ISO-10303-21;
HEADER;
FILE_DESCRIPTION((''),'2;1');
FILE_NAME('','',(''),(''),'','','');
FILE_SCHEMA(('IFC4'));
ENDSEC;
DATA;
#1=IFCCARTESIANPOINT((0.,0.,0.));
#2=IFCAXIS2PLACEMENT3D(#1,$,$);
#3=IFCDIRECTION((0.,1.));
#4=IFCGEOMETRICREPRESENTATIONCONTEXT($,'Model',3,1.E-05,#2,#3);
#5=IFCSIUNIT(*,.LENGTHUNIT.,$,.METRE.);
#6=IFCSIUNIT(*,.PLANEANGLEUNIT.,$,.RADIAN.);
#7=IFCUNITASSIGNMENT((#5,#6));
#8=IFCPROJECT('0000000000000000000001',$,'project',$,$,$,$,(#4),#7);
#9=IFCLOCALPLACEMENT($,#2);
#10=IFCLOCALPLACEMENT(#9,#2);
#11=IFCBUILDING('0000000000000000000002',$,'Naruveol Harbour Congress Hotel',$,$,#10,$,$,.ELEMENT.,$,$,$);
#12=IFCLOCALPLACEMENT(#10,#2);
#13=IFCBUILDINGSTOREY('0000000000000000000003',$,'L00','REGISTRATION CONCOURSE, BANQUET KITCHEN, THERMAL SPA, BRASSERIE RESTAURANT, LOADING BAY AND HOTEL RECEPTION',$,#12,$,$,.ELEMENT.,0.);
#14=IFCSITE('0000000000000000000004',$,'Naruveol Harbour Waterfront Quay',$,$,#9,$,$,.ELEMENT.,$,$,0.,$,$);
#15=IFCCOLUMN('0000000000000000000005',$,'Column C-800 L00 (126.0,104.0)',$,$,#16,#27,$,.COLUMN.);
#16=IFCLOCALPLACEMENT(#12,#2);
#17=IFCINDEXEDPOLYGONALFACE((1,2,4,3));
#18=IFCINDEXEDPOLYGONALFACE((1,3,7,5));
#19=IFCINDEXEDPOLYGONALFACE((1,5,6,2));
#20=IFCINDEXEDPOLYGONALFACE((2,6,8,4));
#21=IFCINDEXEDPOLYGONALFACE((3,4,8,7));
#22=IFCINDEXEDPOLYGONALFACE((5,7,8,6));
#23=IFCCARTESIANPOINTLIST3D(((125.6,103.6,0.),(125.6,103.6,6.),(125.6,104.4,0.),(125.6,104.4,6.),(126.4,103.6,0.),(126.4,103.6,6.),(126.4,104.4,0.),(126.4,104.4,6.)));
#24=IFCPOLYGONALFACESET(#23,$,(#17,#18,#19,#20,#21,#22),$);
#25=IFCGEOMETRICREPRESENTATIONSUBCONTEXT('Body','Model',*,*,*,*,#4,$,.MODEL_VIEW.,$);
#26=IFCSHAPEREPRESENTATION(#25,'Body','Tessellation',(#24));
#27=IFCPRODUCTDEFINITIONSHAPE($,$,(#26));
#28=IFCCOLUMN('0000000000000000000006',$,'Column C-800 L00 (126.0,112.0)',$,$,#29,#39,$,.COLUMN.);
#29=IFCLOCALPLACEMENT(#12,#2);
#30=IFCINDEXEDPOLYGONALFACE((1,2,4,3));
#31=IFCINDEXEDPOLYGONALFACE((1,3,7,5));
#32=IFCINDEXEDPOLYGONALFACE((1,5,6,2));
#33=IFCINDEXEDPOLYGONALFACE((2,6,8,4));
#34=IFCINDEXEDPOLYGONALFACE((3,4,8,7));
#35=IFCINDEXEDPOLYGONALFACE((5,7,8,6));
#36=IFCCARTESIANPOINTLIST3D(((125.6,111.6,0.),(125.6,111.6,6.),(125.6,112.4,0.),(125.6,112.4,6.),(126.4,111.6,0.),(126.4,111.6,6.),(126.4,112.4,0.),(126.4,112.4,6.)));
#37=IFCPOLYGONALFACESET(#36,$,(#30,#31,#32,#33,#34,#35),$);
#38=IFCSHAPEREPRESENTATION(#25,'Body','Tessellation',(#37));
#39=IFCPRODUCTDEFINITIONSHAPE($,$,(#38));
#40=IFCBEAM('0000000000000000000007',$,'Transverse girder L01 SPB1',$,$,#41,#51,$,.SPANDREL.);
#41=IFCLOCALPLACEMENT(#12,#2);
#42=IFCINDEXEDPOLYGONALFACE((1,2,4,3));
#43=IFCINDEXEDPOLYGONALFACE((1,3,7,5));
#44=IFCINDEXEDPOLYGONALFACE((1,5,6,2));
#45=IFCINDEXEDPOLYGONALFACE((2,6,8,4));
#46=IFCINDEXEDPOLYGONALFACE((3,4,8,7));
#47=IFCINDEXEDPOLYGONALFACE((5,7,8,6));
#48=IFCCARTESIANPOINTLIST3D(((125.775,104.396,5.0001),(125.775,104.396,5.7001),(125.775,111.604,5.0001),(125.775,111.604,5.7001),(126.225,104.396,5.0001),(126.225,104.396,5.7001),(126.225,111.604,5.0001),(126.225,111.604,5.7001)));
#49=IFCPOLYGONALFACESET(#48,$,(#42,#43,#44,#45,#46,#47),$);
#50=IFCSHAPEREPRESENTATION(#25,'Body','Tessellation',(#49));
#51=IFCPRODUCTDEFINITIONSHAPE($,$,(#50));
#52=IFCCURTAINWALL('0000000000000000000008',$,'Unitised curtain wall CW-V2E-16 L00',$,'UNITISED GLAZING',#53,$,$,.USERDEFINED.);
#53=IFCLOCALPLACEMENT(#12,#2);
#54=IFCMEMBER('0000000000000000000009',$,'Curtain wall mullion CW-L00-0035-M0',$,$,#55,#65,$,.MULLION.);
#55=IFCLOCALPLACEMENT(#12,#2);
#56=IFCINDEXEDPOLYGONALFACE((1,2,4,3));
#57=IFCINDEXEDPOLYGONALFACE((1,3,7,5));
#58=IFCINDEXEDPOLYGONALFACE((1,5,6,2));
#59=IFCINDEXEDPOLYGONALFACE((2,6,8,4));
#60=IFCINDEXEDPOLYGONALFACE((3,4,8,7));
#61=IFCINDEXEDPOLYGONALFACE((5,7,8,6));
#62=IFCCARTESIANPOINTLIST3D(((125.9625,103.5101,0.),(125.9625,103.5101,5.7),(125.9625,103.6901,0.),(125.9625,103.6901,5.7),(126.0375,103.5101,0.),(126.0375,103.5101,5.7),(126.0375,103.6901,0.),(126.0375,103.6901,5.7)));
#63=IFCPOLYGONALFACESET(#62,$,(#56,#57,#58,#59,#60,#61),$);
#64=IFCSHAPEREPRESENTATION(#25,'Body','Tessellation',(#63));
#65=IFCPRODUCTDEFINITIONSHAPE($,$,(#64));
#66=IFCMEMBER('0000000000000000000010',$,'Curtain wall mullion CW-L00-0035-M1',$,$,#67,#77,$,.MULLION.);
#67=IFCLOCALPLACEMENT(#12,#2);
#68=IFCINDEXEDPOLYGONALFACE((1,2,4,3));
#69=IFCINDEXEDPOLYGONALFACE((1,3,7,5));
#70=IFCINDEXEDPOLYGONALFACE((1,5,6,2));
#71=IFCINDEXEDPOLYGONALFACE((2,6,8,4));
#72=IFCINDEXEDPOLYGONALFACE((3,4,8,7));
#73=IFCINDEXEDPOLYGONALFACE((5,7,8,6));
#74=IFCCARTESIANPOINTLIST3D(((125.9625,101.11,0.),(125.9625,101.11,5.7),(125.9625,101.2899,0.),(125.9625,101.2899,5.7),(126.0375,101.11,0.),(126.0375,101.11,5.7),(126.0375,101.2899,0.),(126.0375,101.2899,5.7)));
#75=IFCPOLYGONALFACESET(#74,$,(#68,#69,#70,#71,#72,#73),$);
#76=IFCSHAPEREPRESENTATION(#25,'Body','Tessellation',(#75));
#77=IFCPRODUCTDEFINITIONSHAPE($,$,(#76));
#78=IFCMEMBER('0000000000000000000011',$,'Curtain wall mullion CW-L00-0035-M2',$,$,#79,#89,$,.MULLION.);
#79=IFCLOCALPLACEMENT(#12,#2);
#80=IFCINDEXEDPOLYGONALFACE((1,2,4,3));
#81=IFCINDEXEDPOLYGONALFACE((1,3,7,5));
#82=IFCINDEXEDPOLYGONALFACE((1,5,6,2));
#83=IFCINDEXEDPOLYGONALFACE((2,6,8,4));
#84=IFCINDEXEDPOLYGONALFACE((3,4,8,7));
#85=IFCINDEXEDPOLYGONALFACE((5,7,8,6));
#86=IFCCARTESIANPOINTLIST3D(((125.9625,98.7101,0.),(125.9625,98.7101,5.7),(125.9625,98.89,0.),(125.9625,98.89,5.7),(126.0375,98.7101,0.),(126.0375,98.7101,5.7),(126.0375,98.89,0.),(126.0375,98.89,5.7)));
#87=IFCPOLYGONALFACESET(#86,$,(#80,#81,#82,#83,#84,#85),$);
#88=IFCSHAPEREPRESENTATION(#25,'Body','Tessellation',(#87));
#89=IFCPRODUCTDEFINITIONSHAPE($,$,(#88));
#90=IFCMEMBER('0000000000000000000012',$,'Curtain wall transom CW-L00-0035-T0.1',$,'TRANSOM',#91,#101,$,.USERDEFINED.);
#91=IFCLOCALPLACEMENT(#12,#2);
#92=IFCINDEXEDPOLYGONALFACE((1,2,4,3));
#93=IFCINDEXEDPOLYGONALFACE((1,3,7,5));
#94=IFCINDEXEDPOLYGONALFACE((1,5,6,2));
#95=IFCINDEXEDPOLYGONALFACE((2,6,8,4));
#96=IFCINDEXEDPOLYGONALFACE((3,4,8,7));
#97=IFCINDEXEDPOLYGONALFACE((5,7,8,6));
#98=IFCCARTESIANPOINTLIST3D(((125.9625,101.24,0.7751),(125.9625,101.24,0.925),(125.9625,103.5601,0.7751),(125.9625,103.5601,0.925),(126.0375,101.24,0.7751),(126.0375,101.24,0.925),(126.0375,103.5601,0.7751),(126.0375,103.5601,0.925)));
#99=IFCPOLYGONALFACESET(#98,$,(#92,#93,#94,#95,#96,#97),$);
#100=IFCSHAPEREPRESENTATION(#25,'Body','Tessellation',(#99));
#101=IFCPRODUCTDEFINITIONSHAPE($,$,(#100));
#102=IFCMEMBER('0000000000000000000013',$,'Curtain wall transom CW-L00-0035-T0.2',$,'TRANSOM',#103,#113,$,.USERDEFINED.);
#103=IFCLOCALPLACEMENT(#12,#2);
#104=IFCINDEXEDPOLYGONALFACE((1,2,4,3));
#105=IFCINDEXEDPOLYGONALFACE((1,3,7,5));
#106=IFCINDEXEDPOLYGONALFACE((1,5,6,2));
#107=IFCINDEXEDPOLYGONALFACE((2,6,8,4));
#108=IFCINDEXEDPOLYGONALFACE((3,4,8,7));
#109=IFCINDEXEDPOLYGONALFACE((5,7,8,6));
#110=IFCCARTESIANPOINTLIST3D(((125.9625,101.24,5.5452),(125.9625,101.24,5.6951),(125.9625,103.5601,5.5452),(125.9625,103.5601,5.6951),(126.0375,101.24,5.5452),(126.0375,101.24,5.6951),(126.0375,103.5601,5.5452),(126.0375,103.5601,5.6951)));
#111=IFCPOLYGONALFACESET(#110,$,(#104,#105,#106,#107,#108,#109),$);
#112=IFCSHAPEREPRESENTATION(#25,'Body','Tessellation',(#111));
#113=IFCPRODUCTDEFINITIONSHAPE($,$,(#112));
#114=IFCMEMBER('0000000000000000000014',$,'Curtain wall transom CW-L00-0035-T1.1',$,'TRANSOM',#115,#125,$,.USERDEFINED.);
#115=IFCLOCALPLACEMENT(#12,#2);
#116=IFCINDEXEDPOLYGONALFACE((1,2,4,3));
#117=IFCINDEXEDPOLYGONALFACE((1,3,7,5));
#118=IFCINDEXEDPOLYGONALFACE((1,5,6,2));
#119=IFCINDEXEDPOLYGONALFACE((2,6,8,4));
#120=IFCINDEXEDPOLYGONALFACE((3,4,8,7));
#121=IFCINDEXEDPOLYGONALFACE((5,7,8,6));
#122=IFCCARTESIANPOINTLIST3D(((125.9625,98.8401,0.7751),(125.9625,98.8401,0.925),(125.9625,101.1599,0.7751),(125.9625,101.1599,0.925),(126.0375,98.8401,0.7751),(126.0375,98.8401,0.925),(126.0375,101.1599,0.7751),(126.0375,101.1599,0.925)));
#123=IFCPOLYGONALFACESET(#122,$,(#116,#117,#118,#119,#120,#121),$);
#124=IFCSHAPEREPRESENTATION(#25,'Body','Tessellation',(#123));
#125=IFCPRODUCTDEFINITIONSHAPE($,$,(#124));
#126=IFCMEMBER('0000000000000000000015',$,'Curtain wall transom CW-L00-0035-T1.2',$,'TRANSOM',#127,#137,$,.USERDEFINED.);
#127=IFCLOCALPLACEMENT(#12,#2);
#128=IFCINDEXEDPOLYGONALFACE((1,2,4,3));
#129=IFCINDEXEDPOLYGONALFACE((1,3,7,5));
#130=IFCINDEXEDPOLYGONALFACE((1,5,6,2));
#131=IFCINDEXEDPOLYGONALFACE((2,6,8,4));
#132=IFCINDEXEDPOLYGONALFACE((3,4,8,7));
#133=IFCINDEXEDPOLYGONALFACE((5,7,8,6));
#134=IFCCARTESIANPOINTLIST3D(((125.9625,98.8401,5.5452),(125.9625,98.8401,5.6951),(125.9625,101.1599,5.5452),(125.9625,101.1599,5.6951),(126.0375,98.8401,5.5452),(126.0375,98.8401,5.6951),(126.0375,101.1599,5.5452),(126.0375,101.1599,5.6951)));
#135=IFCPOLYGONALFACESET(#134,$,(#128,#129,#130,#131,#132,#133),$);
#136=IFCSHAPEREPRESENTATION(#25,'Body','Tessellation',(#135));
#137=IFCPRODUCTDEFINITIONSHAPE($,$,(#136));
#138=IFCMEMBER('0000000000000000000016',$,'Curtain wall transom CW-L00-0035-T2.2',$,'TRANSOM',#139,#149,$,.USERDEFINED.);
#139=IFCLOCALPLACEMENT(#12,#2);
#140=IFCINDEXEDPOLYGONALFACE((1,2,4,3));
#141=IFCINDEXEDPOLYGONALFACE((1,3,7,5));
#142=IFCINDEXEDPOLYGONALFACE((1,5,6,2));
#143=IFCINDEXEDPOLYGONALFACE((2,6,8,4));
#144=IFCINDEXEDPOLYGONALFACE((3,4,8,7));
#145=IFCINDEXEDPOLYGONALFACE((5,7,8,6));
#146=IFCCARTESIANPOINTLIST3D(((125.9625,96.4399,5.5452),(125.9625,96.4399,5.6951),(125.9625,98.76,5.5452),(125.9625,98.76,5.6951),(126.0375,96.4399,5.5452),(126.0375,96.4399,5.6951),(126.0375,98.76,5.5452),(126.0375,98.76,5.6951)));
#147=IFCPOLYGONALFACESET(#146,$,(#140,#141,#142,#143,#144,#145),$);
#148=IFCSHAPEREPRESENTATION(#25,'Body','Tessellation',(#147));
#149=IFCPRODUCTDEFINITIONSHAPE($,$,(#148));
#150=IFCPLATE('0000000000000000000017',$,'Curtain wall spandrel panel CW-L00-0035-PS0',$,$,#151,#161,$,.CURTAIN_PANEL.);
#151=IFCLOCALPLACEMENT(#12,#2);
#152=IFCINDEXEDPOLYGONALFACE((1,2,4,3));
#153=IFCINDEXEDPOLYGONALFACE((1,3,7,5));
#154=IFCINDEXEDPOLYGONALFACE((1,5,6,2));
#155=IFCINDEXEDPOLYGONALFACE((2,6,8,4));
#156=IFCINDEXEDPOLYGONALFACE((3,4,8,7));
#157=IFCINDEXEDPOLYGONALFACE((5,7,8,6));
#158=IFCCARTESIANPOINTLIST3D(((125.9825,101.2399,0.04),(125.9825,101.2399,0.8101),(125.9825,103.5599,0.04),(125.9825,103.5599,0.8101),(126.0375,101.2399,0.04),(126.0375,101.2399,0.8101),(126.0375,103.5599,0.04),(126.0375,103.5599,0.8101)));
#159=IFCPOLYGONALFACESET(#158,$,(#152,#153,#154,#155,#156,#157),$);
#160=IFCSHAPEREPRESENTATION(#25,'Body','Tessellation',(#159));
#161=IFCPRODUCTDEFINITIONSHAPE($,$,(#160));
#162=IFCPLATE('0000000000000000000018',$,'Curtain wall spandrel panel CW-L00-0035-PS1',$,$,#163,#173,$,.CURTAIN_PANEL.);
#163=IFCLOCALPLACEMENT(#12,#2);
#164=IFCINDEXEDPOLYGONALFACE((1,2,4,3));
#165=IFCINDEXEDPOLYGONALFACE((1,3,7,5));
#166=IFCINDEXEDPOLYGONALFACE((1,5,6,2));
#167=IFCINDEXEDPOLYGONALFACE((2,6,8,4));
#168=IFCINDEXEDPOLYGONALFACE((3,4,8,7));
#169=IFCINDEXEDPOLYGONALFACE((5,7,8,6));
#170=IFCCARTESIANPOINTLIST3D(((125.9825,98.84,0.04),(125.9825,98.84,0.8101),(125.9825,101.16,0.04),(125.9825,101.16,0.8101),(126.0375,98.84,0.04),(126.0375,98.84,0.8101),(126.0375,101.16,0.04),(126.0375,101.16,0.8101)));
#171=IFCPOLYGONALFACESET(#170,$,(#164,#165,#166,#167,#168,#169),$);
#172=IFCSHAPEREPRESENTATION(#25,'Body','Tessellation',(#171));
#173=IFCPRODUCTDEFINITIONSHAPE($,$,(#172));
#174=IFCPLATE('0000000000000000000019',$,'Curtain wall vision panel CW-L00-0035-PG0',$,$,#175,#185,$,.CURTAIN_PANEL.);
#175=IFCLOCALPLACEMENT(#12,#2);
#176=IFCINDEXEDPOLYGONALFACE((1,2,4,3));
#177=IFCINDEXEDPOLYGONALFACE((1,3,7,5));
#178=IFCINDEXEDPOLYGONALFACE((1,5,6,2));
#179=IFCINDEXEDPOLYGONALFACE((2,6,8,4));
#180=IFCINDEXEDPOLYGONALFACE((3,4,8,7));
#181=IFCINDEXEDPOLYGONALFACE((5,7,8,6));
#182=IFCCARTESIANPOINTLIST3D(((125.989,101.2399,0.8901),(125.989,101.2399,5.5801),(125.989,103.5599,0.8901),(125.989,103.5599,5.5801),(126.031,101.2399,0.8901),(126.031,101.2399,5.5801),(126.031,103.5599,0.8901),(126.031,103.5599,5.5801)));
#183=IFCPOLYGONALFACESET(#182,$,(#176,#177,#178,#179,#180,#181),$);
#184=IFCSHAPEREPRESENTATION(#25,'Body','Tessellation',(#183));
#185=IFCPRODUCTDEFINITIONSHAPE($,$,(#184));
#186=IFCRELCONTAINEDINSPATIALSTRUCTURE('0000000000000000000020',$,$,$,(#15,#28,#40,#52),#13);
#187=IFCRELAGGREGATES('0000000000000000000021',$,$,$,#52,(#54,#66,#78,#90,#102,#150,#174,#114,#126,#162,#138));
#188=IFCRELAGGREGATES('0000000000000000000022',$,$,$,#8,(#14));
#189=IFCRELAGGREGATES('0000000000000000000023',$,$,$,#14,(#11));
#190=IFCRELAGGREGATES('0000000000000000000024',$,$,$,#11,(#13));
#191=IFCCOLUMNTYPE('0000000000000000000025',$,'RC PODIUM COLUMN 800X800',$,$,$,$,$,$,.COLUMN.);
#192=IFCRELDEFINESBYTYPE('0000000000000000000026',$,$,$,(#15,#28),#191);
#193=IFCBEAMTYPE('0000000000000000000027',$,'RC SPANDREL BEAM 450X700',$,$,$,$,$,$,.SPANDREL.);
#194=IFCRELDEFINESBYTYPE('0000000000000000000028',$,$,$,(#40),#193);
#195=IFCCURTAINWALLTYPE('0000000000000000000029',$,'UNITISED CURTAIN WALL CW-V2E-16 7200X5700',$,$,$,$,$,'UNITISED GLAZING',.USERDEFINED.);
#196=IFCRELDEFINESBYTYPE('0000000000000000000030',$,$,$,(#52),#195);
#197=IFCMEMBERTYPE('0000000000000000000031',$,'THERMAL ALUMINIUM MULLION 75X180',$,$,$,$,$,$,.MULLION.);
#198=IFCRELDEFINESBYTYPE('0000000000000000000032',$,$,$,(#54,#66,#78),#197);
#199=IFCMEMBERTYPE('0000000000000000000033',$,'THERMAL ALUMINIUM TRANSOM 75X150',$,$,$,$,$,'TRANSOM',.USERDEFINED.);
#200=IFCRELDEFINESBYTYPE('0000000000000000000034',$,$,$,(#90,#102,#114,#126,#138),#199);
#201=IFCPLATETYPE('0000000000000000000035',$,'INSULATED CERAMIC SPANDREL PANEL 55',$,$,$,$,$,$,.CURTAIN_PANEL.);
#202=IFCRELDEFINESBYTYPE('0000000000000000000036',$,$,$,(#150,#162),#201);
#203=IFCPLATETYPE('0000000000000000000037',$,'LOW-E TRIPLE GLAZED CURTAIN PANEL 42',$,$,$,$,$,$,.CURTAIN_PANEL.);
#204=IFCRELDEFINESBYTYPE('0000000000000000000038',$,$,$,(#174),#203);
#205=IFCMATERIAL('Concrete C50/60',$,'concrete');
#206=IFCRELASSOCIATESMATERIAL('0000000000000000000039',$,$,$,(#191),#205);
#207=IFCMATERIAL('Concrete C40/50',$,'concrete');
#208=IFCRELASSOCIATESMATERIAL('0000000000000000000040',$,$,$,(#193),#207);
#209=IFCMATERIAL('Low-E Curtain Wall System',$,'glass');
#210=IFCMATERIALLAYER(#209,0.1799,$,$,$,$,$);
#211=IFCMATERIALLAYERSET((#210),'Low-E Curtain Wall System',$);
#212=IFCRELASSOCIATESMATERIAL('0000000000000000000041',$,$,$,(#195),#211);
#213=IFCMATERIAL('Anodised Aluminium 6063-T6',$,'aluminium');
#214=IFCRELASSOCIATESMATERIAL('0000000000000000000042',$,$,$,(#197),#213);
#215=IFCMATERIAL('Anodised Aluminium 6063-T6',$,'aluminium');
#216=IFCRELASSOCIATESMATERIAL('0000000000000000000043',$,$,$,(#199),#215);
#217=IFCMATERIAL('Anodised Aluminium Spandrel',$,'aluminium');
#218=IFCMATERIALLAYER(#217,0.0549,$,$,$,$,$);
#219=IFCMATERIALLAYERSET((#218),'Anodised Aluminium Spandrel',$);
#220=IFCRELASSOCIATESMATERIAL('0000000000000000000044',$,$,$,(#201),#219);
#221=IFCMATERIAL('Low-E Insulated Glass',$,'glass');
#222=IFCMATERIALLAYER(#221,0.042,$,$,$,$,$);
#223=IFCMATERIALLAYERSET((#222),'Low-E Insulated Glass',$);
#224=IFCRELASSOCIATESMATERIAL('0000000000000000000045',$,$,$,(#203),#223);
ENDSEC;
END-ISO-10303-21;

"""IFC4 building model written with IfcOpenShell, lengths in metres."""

from ifc_helpers import new_model, si_unit, direction, frame, origin, origin_2d, place, context, subcontext, project, spatial, rectangle, extrude, material, layer, layer_set, material_profile, profile_set, type_object, element, aggregate, save


model = new_model("IFC4")

# Units and contexts
model_context = context("Model", 3, precision=1e-05, world=origin(), true_north=direction((0.0, 1.0)))
body_context = subcontext(model_context, "Body", "Model", "MODEL_VIEW")
ifc_project = project(units=[si_unit("LENGTHUNIT", "METRE"), si_unit("PLANEANGLEUNIT", "RADIAN")], contexts=[model_context])

# Site, building, storey
site_placement = place(None, origin())
site = spatial("IfcSite", under=ifc_project, at=site_placement, Name="Naruveol Harbour Waterfront Quay", CompositionType="ELEMENT", RefElevation=0.0)
building_placement = place(site_placement, origin())
building = spatial("IfcBuilding", under=site, at=building_placement, Name="Naruveol Harbour Congress Hotel", CompositionType="ELEMENT")
storey_placement = place(building_placement, origin())
storey = spatial("IfcBuildingStorey", under=building, at=storey_placement, Name="L00", Description="REGISTRATION CONCOURSE, BANQUET KITCHEN, THERMAL SPA, BRASSERIE RESTAURANT, LOADING BAY AND HOTEL RECEPTION", CompositionType="ELEMENT", Elevation=0.0)

# Columns
ifc_material_1 = material(Name="Concrete C50/60", Category="concrete")
ifc_material_profile_1 = material_profile(ifc_material_1, rectangle(XDim=0.8, YDim=0.8, at=origin_2d()), Name="RC-800x800")
ifc_profile_set_1 = profile_set([ifc_material_profile_1], Name="Concrete C50/60")
column_type = type_object("IfcColumnType", Name="RC PODIUM COLUMN 800X800", PredefinedType="COLUMN", material=ifc_profile_set_1)
for number, where, z_axis, x_axis, name in (
    (1, (126.0, 104.0, 0.0), (0.0, 0.0, 1.0), (1.0, 0.0, 0.0), "Column C-800 L00 (126.0,104.0)"),
    (2, (126.0, 112.0, 0.0), (0.0, 0.0, 1.0), (1.0, 0.0, 0.0), "Column C-800 L00 (126.0,112.0)"),
):
    element("IfcColumn", number, at=place(storey_placement, frame(where, z_axis=z_axis, x_axis=x_axis)), inside=storey, type_object=column_type, Name=name, PredefinedType="COLUMN", context=body_context, shape_type="SweptSolid", body=[
        extrude(rectangle(XDim=0.8, YDim=0.8, at=origin_2d()), origin(), (0.0, 0.0, 1.0), 6.0),
    ])

# Beam
ifc_material_2 = material(Name="Concrete C40/50", Category="concrete")
ifc_material_profile_2 = material_profile(ifc_material_2, rectangle(XDim=0.45, YDim=0.7, at=origin_2d()), Name="RCB-450x700")
ifc_profile_set_2 = profile_set([ifc_material_profile_2], Name="Concrete C40/50")
beam_type = type_object("IfcBeamType", Name="RC SPANDREL BEAM 450X700", PredefinedType="SPANDREL", material=ifc_profile_set_2)
beam_placement = place(storey_placement, frame((126.0, 104.396, 5.3501), z_axis=(0.0, 1.0, 0.0), x_axis=(-1.0, 0.0, 0.0)))
element("IfcBeam", 3, at=beam_placement, inside=storey, type_object=beam_type, Name="Transverse girder L01 SPB1", PredefinedType="SPANDREL", context=body_context, shape_type="SweptSolid", body=[
    extrude(rectangle(XDim=0.45, YDim=0.7, at=origin_2d()), origin(), (0.0, 0.0, 1.0), 7.208),
])

# Curtain wall, members, plates
ifc_material_3 = material(Name="Low-E Curtain Wall System", Category="glass")
ifc_layer_1 = layer(ifc_material_3, 0.1799)
ifc_layer_set_1 = layer_set([ifc_layer_1], Name="Low-E Curtain Wall System")
curtain_wall_type = type_object("IfcCurtainWallType", Name="UNITISED CURTAIN WALL CW-V2E-16 7200X5700", ElementType="UNITISED GLAZING", PredefinedType="USERDEFINED", material=ifc_layer_set_1)
curtain_wall_placement = place(storey_placement, origin())
curtain_wall = element("IfcCurtainWall", 4, at=curtain_wall_placement, inside=storey, type_object=curtain_wall_type, Name="Unitised curtain wall CW-V2E-16 L00", ObjectType="UNITISED GLAZING", PredefinedType="USERDEFINED")
ifc_material_4 = material(Name="Anodised Aluminium 6063-T6", Category="aluminium")
ifc_material_profile_3 = material_profile(ifc_material_4, rectangle(XDim=0.075, YDim=0.1799, at=origin_2d()), Name="ALU-75x180")
ifc_profile_set_3 = profile_set([ifc_material_profile_3], Name="Anodised Aluminium 6063-T6")
member_type_1 = type_object("IfcMemberType", Name="THERMAL ALUMINIUM MULLION 75X180", PredefinedType="MULLION", material=ifc_profile_set_3)
member_1_placement = place(storey_placement, frame((126.0, 103.6001, 0.0), z_axis=(0.0, 0.0, 1.0), x_axis=(1.0, 0.0, 0.0)))
member_1 = element("IfcMember", 5, at=member_1_placement, type_object=member_type_1, Name="Curtain wall mullion CW-L00-0035-M0", PredefinedType="MULLION", context=body_context, shape_type="SweptSolid", body=[
    extrude(rectangle(XDim=0.075, YDim=0.1799, at=origin_2d()), origin(), (0.0, 0.0, 1.0), 5.7),
])
member_2_placement = place(storey_placement, frame((126.0, 101.2, 0.0), z_axis=(0.0, 0.0, 1.0), x_axis=(1.0, 0.0, 0.0)))
member_2 = element("IfcMember", 6, at=member_2_placement, type_object=member_type_1, Name="Curtain wall mullion CW-L00-0035-M1", PredefinedType="MULLION", context=body_context, shape_type="SweptSolid", body=[
    extrude(rectangle(XDim=0.075, YDim=0.1799, at=origin_2d()), origin(), (0.0, 0.0, 1.0), 5.7),
])
member_3_placement = place(storey_placement, frame((126.0, 98.8, 0.0), z_axis=(0.0, 0.0, 1.0), x_axis=(1.0, 0.0, 0.0)))
member_3 = element("IfcMember", 7, at=member_3_placement, type_object=member_type_1, Name="Curtain wall mullion CW-L00-0035-M2", PredefinedType="MULLION", context=body_context, shape_type="SweptSolid", body=[
    extrude(rectangle(XDim=0.075, YDim=0.1799, at=origin_2d()), origin(), (0.0, 0.0, 1.0), 5.7),
])
ifc_material_5 = material(Name="Anodised Aluminium 6063-T6", Category="aluminium")
ifc_material_profile_4 = material_profile(ifc_material_5, rectangle(XDim=0.075, YDim=0.1499, at=origin_2d()), Name="ALU-75x150")
ifc_profile_set_4 = profile_set([ifc_material_profile_4], Name="Anodised Aluminium 6063-T6")
member_type_2 = type_object("IfcMemberType", Name="THERMAL ALUMINIUM TRANSOM 75X150", ElementType="TRANSOM", PredefinedType="USERDEFINED", material=ifc_profile_set_4)
member_4_placement = place(storey_placement, frame((126.0, 103.5601, 0.8501), z_axis=(0.0, -1.0, 0.0), x_axis=(1.0, 0.0, 0.0)))
member_4 = element("IfcMember", 8, at=member_4_placement, type_object=member_type_2, Name="Curtain wall transom CW-L00-0035-T0.1", ObjectType="TRANSOM", PredefinedType="USERDEFINED", context=body_context, shape_type="SweptSolid", body=[
    extrude(rectangle(XDim=0.075, YDim=0.1499, at=origin_2d()), origin(), (0.0, 0.0, 1.0), 2.3201),
])
member_5_placement = place(storey_placement, frame((126.0, 103.5601, 5.6201), z_axis=(0.0, -1.0, 0.0), x_axis=(1.0, 0.0, 0.0)))
member_5 = element("IfcMember", 9, at=member_5_placement, type_object=member_type_2, Name="Curtain wall transom CW-L00-0035-T0.2", ObjectType="TRANSOM", PredefinedType="USERDEFINED", context=body_context, shape_type="SweptSolid", body=[
    extrude(rectangle(XDim=0.075, YDim=0.1499, at=origin_2d()), origin(), (0.0, 0.0, 1.0), 2.3201),
])
member_6_placement = place(storey_placement, frame((126.0, 101.1599, 0.8501), z_axis=(0.0, -1.0, 0.0), x_axis=(1.0, 0.0, 0.0)))
member_6 = element("IfcMember", 10, at=member_6_placement, type_object=member_type_2, Name="Curtain wall transom CW-L00-0035-T1.1", ObjectType="TRANSOM", PredefinedType="USERDEFINED", context=body_context, shape_type="SweptSolid", body=[
    extrude(rectangle(XDim=0.075, YDim=0.1499, at=origin_2d()), origin(), (0.0, 0.0, 1.0), 2.3198),
])
member_7_placement = place(storey_placement, frame((126.0, 101.1599, 5.6201), z_axis=(0.0, -1.0, 0.0), x_axis=(1.0, 0.0, 0.0)))
member_7 = element("IfcMember", 11, at=member_7_placement, type_object=member_type_2, Name="Curtain wall transom CW-L00-0035-T1.2", ObjectType="TRANSOM", PredefinedType="USERDEFINED", context=body_context, shape_type="SweptSolid", body=[
    extrude(rectangle(XDim=0.075, YDim=0.1499, at=origin_2d()), origin(), (0.0, 0.0, 1.0), 2.3198),
])
member_8_placement = place(storey_placement, frame((126.0, 98.76, 5.6201), z_axis=(0.0, -1.0, 0.0), x_axis=(1.0, 0.0, 0.0)))
member_8 = element("IfcMember", 12, at=member_8_placement, type_object=member_type_2, Name="Curtain wall transom CW-L00-0035-T2.2", ObjectType="TRANSOM", PredefinedType="USERDEFINED", context=body_context, shape_type="SweptSolid", body=[
    extrude(rectangle(XDim=0.075, YDim=0.1499, at=origin_2d()), origin(), (0.0, 0.0, 1.0), 2.3201),
])
ifc_material_6 = material(Name="Anodised Aluminium Spandrel", Category="aluminium")
ifc_layer_2 = layer(ifc_material_6, 0.0549)
ifc_layer_set_2 = layer_set([ifc_layer_2], Name="Anodised Aluminium Spandrel")
plate_type_1 = type_object("IfcPlateType", Name="INSULATED CERAMIC SPANDREL PANEL 55", PredefinedType="CURTAIN_PANEL", material=ifc_layer_set_2)
plate_1_placement = place(storey_placement, frame((126.01, 102.3999, 0.04), z_axis=(0.0, 0.0, 1.0), x_axis=(0.0, -1.0, 0.0)))
plate_1 = element("IfcPlate", 13, at=plate_1_placement, type_object=plate_type_1, Name="Curtain wall spandrel panel CW-L00-0035-PS0", PredefinedType="CURTAIN_PANEL", context=body_context, shape_type="SweptSolid", body=[
    extrude(rectangle(XDim=2.3201, YDim=0.0549, at=origin_2d()), origin(), (0.0, 0.0, 1.0), 0.77),
])
plate_2_placement = place(storey_placement, frame((126.01, 100.0, 0.04), z_axis=(0.0, 0.0, 1.0), x_axis=(0.0, -1.0, 0.0)))
plate_2 = element("IfcPlate", 14, at=plate_2_placement, type_object=plate_type_1, Name="Curtain wall spandrel panel CW-L00-0035-PS1", PredefinedType="CURTAIN_PANEL", context=body_context, shape_type="SweptSolid", body=[
    extrude(rectangle(XDim=2.3201, YDim=0.0549, at=origin_2d()), origin(), (0.0, 0.0, 1.0), 0.77),
])
ifc_material_7 = material(Name="Low-E Insulated Glass", Category="glass")
ifc_layer_3 = layer(ifc_material_7, 0.042)
ifc_layer_set_3 = layer_set([ifc_layer_3], Name="Low-E Insulated Glass")
plate_type_2 = type_object("IfcPlateType", Name="LOW-E TRIPLE GLAZED CURTAIN PANEL 42", PredefinedType="CURTAIN_PANEL", material=ifc_layer_set_3)
plate_3_placement = place(storey_placement, frame((126.01, 102.3999, 0.8901), z_axis=(0.0, 0.0, 1.0), x_axis=(0.0, -1.0, 0.0)))
plate_3 = element("IfcPlate", 15, at=plate_3_placement, type_object=plate_type_2, Name="Curtain wall vision panel CW-L00-0035-PG0", PredefinedType="CURTAIN_PANEL", context=body_context, shape_type="SweptSolid", body=[
    extrude(rectangle(XDim=2.3201, YDim=0.042, at=origin_2d()), origin(), (0.0, 0.0, 1.0), 4.6899),
])
aggregate(curtain_wall, [member_1, member_2, member_3, member_4, member_5, plate_1, plate_3, member_6, member_7, plate_2, member_8])

save(model, "model.ifc")
